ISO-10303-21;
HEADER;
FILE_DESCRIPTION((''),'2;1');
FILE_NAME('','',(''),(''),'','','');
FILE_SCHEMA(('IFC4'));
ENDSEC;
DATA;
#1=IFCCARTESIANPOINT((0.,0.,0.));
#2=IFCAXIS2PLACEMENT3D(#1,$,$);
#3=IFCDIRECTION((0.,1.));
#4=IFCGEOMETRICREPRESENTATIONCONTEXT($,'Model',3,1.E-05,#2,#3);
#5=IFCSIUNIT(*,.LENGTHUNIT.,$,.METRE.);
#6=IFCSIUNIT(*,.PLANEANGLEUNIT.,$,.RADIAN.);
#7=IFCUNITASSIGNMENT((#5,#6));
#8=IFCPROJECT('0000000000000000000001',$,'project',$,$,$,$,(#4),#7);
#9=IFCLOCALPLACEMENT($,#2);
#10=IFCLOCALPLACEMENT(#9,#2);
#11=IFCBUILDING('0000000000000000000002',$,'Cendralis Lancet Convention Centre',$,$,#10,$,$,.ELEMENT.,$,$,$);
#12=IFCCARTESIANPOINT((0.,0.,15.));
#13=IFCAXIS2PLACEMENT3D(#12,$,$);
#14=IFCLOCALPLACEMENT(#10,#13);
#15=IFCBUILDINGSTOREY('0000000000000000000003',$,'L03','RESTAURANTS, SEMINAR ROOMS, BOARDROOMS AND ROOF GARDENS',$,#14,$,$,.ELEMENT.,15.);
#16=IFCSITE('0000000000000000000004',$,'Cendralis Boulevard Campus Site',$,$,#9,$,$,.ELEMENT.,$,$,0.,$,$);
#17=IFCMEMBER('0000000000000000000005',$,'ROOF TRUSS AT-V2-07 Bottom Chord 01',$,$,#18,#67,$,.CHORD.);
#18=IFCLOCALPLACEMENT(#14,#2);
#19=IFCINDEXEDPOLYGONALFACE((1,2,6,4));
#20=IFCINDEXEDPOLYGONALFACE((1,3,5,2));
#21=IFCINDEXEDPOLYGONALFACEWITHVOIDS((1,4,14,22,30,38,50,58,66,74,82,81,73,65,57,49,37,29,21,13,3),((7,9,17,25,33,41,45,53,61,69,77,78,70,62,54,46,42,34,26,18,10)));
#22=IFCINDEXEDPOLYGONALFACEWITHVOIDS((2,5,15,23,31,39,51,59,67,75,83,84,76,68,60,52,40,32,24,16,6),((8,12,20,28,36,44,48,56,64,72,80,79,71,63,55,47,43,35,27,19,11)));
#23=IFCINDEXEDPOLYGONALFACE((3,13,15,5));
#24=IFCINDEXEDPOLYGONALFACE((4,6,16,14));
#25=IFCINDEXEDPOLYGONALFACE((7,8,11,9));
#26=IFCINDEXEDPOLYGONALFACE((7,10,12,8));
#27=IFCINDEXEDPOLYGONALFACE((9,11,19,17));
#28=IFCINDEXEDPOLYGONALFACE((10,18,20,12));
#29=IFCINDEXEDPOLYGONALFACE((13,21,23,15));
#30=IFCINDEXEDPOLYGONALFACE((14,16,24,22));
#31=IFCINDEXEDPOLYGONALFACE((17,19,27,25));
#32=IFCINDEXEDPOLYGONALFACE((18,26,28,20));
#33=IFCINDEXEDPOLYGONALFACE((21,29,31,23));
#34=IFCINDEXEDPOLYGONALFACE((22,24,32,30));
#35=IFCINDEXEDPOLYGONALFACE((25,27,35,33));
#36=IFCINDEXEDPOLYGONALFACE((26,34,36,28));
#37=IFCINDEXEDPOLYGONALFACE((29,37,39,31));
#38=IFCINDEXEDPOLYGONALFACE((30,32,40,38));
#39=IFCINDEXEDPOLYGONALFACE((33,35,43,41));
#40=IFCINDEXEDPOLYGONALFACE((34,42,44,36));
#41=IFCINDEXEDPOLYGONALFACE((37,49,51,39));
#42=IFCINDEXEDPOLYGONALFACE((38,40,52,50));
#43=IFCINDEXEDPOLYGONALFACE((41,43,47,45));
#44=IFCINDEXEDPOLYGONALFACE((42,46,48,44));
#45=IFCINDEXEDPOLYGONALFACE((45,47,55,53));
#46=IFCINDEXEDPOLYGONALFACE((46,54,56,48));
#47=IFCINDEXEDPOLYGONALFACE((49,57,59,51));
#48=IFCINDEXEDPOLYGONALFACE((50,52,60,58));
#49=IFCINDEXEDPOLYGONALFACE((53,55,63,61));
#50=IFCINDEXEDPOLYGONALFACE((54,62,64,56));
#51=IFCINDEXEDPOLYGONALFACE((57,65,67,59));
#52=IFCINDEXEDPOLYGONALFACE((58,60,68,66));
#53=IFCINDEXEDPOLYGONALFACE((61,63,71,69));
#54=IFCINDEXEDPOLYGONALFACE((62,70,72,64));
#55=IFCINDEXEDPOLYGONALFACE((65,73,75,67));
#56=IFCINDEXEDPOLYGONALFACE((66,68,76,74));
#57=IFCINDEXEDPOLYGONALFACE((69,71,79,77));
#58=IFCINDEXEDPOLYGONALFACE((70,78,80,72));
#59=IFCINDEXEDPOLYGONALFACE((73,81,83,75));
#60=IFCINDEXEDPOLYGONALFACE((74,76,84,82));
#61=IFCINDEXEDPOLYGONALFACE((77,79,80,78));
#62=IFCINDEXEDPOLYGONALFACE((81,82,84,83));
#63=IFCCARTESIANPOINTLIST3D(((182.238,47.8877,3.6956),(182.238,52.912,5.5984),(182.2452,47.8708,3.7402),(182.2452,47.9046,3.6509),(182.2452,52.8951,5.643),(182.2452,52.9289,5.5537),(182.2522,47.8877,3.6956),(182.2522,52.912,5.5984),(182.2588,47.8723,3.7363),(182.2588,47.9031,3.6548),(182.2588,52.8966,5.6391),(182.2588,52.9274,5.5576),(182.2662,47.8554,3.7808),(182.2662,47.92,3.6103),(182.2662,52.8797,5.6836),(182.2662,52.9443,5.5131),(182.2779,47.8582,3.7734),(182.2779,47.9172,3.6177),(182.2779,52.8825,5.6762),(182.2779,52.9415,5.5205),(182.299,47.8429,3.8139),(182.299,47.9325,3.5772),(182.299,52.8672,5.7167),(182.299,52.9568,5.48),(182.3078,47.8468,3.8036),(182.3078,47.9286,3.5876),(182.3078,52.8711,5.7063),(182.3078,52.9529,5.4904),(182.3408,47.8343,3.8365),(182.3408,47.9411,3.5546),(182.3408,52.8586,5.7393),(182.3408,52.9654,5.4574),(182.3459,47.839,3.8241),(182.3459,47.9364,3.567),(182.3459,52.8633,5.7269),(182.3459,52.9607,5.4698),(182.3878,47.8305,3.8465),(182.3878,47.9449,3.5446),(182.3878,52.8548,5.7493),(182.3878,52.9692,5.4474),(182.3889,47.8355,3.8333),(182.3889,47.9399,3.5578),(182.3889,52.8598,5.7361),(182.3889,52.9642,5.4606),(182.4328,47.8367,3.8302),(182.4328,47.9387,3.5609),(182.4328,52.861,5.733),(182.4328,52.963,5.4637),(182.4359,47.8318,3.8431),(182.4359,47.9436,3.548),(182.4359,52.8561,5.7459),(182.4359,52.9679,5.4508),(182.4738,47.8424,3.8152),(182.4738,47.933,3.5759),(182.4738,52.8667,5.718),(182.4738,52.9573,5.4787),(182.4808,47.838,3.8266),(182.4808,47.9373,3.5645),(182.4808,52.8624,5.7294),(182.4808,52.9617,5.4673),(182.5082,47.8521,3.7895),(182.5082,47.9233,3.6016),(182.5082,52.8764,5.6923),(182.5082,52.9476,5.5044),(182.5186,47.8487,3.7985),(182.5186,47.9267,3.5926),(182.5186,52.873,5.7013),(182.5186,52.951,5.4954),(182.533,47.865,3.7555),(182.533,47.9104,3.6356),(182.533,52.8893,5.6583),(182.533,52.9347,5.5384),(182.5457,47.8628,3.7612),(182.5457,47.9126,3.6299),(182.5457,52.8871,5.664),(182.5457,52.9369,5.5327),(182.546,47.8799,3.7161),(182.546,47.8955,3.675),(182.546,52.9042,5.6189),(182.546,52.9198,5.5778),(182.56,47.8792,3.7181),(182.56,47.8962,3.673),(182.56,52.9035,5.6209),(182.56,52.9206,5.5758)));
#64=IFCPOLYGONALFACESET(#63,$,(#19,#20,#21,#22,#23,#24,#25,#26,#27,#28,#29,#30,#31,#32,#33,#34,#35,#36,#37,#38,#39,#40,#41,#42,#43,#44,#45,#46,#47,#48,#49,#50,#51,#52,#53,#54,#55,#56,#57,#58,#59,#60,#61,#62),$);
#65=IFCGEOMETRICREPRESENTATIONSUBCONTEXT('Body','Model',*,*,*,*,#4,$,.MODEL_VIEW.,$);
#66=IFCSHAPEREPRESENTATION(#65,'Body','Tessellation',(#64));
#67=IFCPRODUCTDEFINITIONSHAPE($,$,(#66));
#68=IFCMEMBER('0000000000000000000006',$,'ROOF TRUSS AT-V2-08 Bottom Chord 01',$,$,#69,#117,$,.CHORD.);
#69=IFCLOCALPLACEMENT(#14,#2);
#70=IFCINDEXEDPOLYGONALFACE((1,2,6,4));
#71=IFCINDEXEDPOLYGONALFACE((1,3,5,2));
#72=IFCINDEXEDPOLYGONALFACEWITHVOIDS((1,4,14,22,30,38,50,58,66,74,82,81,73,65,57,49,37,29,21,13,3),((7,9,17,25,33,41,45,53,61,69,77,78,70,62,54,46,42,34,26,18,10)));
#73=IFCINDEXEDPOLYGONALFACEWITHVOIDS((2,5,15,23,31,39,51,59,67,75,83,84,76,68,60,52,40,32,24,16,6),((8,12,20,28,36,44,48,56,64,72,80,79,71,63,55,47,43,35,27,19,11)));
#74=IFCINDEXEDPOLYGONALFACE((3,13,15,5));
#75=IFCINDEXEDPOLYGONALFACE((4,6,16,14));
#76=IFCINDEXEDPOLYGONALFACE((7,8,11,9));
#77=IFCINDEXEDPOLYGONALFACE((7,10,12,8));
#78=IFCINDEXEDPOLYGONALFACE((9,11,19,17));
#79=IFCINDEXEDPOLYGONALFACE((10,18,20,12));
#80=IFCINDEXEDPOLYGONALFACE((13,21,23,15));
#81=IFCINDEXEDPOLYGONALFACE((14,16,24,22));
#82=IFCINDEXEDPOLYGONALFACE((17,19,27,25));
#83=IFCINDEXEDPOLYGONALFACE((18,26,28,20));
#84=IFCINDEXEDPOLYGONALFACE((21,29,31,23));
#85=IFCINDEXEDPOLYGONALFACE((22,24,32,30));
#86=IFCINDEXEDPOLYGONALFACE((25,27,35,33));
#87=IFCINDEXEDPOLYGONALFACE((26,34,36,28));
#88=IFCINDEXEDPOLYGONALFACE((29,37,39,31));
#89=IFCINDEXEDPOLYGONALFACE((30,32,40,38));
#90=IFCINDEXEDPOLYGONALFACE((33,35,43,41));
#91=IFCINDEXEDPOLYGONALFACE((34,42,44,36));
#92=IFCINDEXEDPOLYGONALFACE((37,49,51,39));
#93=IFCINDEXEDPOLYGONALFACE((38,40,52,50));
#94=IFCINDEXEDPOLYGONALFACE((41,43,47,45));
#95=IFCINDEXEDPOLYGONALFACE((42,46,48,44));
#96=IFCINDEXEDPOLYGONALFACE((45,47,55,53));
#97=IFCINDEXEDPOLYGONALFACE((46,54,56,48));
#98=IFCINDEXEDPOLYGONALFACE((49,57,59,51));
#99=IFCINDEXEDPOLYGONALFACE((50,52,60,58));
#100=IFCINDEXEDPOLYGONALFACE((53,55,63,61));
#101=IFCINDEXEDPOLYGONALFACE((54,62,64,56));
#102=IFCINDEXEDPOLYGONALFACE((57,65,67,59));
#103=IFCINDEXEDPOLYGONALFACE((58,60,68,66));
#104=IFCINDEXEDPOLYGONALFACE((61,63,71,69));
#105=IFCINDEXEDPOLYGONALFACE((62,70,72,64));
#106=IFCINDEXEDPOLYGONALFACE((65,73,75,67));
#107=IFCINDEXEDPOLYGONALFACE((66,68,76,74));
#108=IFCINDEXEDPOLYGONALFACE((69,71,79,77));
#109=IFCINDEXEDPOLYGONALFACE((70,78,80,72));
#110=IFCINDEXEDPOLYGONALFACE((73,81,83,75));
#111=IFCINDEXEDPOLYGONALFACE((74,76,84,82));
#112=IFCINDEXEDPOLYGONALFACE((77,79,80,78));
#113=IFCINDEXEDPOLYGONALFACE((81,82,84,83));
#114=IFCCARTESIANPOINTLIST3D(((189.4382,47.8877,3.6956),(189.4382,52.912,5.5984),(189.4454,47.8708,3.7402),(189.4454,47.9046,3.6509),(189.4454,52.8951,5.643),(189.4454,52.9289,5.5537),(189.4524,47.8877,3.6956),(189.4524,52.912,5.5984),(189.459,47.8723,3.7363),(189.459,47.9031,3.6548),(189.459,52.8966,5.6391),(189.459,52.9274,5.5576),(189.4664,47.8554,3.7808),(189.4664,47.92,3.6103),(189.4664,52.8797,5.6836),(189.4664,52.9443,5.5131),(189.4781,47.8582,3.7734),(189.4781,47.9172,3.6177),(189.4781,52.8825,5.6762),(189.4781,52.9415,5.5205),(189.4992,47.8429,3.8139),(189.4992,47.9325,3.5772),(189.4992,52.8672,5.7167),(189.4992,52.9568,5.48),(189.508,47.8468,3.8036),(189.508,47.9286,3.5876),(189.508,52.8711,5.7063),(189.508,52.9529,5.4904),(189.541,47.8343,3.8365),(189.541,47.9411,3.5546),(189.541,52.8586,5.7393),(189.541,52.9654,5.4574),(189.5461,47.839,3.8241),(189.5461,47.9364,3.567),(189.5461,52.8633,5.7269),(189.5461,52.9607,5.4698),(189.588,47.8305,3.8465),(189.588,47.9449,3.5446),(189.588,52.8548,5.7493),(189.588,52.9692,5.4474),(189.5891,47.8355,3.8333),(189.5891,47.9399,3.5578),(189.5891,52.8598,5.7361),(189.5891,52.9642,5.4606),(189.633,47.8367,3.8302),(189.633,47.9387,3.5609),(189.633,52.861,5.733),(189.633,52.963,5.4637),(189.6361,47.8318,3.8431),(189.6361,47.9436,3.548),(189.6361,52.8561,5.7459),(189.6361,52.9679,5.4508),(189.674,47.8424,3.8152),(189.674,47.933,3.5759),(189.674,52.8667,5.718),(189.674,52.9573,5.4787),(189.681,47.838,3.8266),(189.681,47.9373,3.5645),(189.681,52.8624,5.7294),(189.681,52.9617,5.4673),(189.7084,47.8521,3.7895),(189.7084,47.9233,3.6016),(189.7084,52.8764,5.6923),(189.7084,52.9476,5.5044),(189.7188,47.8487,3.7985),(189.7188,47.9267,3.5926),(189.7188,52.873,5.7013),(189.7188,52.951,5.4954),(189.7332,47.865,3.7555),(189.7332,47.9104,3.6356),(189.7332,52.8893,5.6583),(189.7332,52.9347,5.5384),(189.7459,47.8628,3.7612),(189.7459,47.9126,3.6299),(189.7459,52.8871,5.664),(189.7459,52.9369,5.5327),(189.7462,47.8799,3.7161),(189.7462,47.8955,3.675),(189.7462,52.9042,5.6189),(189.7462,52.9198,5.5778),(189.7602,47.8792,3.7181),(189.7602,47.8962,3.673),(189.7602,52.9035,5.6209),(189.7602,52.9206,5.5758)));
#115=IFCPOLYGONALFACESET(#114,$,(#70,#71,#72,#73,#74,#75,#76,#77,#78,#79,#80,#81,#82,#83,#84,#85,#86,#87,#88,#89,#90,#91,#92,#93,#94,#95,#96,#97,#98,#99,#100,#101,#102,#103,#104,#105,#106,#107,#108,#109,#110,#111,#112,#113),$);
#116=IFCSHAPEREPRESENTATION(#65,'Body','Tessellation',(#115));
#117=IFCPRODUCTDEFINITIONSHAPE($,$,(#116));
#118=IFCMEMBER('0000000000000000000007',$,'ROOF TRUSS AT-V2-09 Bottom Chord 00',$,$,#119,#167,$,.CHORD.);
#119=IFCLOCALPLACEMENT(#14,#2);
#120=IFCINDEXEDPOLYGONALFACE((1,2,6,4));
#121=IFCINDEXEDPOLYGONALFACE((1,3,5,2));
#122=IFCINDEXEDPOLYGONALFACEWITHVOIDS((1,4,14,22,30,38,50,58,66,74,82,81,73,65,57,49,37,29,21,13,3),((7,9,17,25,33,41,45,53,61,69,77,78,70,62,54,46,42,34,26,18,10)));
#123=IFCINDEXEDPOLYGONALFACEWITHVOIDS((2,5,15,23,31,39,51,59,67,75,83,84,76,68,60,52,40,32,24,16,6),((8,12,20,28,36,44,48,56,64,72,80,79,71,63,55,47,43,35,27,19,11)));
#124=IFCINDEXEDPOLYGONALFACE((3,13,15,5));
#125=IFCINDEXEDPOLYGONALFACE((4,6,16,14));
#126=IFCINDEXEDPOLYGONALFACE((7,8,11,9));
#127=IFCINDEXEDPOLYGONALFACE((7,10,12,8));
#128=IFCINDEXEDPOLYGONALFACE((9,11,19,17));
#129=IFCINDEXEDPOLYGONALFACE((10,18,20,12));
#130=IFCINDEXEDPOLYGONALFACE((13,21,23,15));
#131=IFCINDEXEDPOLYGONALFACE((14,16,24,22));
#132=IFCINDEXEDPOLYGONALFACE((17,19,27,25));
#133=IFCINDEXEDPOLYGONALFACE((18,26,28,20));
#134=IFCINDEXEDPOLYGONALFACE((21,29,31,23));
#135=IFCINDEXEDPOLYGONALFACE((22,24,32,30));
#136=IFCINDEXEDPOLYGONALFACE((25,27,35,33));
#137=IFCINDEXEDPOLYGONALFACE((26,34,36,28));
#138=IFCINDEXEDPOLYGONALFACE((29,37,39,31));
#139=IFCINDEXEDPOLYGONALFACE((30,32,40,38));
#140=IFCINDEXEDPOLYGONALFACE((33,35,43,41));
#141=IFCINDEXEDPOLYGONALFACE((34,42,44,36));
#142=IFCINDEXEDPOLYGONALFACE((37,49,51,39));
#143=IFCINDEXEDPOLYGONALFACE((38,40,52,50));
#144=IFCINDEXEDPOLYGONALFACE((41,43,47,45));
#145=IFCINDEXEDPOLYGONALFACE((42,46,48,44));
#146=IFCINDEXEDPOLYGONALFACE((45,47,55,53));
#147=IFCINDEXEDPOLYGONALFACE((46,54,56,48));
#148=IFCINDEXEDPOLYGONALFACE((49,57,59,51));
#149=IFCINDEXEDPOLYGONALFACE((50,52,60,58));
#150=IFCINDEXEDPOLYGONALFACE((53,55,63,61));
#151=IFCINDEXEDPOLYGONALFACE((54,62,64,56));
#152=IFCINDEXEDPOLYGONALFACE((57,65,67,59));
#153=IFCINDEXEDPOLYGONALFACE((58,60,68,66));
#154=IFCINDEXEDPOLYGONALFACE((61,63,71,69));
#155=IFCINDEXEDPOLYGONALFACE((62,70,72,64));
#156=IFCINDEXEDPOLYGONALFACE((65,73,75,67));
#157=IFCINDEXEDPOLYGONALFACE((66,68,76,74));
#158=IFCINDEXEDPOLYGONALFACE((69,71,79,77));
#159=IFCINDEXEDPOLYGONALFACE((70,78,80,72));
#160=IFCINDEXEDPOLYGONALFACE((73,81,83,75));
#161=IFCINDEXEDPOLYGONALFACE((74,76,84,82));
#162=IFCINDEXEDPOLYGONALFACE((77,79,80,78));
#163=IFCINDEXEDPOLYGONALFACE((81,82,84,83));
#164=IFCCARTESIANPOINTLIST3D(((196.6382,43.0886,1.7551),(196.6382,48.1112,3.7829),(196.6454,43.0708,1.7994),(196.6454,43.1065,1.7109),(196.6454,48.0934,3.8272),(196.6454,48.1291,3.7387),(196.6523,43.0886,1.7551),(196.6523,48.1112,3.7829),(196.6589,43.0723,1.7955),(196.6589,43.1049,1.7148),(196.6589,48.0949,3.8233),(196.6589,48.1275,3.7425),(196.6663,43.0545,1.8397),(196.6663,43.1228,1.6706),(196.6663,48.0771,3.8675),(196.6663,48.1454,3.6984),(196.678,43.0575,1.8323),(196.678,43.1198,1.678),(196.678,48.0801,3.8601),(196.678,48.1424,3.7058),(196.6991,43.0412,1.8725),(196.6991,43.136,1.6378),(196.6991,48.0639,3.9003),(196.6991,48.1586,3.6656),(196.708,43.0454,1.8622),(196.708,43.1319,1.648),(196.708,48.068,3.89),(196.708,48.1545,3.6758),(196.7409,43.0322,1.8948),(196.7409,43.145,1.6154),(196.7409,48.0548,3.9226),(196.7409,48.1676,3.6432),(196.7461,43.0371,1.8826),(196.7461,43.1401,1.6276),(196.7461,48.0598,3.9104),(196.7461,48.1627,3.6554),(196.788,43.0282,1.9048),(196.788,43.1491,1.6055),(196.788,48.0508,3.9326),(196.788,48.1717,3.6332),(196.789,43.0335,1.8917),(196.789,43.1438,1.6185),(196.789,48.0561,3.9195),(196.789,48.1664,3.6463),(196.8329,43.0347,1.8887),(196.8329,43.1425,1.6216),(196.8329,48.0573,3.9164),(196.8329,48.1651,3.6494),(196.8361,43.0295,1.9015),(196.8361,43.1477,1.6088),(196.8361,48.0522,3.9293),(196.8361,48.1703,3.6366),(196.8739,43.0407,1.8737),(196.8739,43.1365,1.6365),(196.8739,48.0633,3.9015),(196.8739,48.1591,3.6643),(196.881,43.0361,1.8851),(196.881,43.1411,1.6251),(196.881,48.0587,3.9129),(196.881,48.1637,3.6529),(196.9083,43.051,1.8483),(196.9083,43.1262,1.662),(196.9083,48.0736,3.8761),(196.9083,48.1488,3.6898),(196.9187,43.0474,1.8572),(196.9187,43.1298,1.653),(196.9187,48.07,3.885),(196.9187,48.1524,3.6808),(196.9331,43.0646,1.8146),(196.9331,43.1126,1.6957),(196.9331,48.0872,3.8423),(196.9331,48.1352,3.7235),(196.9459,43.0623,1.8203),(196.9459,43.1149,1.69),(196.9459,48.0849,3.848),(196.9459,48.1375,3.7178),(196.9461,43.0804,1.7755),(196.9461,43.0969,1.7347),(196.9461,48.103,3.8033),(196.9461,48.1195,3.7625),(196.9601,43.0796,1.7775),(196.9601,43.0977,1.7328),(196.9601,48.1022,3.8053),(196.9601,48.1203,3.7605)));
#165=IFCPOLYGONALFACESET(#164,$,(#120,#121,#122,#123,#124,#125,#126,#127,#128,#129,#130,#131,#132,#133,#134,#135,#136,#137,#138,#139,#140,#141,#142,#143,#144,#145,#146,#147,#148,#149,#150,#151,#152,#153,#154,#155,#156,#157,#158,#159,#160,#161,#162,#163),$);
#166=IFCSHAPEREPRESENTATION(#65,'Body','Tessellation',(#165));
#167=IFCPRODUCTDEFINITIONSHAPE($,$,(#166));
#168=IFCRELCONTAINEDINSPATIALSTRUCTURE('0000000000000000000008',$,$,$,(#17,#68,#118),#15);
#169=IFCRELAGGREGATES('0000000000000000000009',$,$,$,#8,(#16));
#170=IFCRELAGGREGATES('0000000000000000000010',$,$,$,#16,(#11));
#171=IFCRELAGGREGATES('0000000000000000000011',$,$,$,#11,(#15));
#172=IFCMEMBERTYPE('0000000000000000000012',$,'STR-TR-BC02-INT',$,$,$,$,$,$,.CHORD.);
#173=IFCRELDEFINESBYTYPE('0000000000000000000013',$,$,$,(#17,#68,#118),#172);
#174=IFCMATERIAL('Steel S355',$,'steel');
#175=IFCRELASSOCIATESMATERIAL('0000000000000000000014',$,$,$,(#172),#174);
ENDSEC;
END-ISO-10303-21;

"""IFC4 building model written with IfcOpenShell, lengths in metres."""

from ifc_helpers import new_model, si_unit, direction, frame, origin, origin_2d, place, context, subcontext, project, spatial, hollow_circle, extrude, material, material_profile, profile_set, type_object, element, save


model = new_model("IFC4")

# Units and contexts
model_context = context("Model", 3, precision=1e-05, world=origin(), true_north=direction((0.0, 1.0)))
body_context = subcontext(model_context, "Body", "Model", "MODEL_VIEW")
ifc_project = project(units=[si_unit("LENGTHUNIT", "METRE"), si_unit("PLANEANGLEUNIT", "RADIAN")], contexts=[model_context])

# Site, building, storey
site_placement = place(None, origin())
site = spatial("IfcSite", under=ifc_project, at=site_placement, Name="Cendralis Boulevard Campus Site", CompositionType="ELEMENT", RefElevation=0.0)
building_placement = place(site_placement, origin())
building = spatial("IfcBuilding", under=site, at=building_placement, Name="Cendralis Lancet Convention Centre", CompositionType="ELEMENT")
storey_placement = place(building_placement, frame((0.0, 0.0, 15.0)))
storey = spatial("IfcBuildingStorey", under=building, at=storey_placement, Name="L03", Description="RESTAURANTS, SEMINAR ROOMS, BOARDROOMS AND ROOF GARDENS", CompositionType="ELEMENT", Elevation=15.0)

# Shared definitions
ifc_material_1 = material(Name="Steel S355", Category="steel")

# Members
ifc_material_profile_1 = material_profile(ifc_material_1, hollow_circle(Radius=0.1619, WallThickness=0.0142, at=origin_2d()), Name="CHS 323.9x14.2")
ifc_profile_set_1 = profile_set([ifc_material_profile_1], Name="Steel S355")
member_type_1 = type_object("IfcMemberType", Name="STR-TR-BC02-INT", PredefinedType="CHORD", material=ifc_profile_set_1)
for number, where, z_axis, x_axis, name in (
    (1, (182.3999, 47.8877, 3.6956), (0.0, 0.935181, 0.354169), (-1.0, 0.0, 0.0), "ROOF TRUSS AT-V2-07 Bottom Chord 01"),
    (2, (189.6001, 47.8877, 3.6956), (0.0, 0.935181, 0.354169), (-1.0, 0.0, 0.0), "ROOF TRUSS AT-V2-08 Bottom Chord 01"),
):
    element("IfcMember", number, at=place(storey_placement, frame(where, z_axis=z_axis, x_axis=x_axis)), inside=storey, type_object=member_type_1, Name=name, PredefinedType="CHORD", context=body_context, shape_type="SweptSolid", body=[
        extrude(hollow_circle(Radius=0.1619, WallThickness=0.0142, at=origin_2d()), origin(), (0.0, 0.0, 1.0), 5.3726),
    ])
member_1_placement = place(storey_placement, frame((196.8, 43.0886, 1.7551), z_axis=(0.0, 0.927278, 0.374373), x_axis=(-1.0, 0.0, 0.0)))
element("IfcMember", 3, at=member_1_placement, inside=storey, type_object=member_type_1, Name="ROOF TRUSS AT-V2-09 Bottom Chord 00", PredefinedType="CHORD", context=body_context, shape_type="SweptSolid", body=[
    extrude(hollow_circle(Radius=0.1619, WallThickness=0.0142, at=origin_2d()), origin(), (0.0, 0.0, 1.0), 5.4165),
])

save(model, "model.ifc")
